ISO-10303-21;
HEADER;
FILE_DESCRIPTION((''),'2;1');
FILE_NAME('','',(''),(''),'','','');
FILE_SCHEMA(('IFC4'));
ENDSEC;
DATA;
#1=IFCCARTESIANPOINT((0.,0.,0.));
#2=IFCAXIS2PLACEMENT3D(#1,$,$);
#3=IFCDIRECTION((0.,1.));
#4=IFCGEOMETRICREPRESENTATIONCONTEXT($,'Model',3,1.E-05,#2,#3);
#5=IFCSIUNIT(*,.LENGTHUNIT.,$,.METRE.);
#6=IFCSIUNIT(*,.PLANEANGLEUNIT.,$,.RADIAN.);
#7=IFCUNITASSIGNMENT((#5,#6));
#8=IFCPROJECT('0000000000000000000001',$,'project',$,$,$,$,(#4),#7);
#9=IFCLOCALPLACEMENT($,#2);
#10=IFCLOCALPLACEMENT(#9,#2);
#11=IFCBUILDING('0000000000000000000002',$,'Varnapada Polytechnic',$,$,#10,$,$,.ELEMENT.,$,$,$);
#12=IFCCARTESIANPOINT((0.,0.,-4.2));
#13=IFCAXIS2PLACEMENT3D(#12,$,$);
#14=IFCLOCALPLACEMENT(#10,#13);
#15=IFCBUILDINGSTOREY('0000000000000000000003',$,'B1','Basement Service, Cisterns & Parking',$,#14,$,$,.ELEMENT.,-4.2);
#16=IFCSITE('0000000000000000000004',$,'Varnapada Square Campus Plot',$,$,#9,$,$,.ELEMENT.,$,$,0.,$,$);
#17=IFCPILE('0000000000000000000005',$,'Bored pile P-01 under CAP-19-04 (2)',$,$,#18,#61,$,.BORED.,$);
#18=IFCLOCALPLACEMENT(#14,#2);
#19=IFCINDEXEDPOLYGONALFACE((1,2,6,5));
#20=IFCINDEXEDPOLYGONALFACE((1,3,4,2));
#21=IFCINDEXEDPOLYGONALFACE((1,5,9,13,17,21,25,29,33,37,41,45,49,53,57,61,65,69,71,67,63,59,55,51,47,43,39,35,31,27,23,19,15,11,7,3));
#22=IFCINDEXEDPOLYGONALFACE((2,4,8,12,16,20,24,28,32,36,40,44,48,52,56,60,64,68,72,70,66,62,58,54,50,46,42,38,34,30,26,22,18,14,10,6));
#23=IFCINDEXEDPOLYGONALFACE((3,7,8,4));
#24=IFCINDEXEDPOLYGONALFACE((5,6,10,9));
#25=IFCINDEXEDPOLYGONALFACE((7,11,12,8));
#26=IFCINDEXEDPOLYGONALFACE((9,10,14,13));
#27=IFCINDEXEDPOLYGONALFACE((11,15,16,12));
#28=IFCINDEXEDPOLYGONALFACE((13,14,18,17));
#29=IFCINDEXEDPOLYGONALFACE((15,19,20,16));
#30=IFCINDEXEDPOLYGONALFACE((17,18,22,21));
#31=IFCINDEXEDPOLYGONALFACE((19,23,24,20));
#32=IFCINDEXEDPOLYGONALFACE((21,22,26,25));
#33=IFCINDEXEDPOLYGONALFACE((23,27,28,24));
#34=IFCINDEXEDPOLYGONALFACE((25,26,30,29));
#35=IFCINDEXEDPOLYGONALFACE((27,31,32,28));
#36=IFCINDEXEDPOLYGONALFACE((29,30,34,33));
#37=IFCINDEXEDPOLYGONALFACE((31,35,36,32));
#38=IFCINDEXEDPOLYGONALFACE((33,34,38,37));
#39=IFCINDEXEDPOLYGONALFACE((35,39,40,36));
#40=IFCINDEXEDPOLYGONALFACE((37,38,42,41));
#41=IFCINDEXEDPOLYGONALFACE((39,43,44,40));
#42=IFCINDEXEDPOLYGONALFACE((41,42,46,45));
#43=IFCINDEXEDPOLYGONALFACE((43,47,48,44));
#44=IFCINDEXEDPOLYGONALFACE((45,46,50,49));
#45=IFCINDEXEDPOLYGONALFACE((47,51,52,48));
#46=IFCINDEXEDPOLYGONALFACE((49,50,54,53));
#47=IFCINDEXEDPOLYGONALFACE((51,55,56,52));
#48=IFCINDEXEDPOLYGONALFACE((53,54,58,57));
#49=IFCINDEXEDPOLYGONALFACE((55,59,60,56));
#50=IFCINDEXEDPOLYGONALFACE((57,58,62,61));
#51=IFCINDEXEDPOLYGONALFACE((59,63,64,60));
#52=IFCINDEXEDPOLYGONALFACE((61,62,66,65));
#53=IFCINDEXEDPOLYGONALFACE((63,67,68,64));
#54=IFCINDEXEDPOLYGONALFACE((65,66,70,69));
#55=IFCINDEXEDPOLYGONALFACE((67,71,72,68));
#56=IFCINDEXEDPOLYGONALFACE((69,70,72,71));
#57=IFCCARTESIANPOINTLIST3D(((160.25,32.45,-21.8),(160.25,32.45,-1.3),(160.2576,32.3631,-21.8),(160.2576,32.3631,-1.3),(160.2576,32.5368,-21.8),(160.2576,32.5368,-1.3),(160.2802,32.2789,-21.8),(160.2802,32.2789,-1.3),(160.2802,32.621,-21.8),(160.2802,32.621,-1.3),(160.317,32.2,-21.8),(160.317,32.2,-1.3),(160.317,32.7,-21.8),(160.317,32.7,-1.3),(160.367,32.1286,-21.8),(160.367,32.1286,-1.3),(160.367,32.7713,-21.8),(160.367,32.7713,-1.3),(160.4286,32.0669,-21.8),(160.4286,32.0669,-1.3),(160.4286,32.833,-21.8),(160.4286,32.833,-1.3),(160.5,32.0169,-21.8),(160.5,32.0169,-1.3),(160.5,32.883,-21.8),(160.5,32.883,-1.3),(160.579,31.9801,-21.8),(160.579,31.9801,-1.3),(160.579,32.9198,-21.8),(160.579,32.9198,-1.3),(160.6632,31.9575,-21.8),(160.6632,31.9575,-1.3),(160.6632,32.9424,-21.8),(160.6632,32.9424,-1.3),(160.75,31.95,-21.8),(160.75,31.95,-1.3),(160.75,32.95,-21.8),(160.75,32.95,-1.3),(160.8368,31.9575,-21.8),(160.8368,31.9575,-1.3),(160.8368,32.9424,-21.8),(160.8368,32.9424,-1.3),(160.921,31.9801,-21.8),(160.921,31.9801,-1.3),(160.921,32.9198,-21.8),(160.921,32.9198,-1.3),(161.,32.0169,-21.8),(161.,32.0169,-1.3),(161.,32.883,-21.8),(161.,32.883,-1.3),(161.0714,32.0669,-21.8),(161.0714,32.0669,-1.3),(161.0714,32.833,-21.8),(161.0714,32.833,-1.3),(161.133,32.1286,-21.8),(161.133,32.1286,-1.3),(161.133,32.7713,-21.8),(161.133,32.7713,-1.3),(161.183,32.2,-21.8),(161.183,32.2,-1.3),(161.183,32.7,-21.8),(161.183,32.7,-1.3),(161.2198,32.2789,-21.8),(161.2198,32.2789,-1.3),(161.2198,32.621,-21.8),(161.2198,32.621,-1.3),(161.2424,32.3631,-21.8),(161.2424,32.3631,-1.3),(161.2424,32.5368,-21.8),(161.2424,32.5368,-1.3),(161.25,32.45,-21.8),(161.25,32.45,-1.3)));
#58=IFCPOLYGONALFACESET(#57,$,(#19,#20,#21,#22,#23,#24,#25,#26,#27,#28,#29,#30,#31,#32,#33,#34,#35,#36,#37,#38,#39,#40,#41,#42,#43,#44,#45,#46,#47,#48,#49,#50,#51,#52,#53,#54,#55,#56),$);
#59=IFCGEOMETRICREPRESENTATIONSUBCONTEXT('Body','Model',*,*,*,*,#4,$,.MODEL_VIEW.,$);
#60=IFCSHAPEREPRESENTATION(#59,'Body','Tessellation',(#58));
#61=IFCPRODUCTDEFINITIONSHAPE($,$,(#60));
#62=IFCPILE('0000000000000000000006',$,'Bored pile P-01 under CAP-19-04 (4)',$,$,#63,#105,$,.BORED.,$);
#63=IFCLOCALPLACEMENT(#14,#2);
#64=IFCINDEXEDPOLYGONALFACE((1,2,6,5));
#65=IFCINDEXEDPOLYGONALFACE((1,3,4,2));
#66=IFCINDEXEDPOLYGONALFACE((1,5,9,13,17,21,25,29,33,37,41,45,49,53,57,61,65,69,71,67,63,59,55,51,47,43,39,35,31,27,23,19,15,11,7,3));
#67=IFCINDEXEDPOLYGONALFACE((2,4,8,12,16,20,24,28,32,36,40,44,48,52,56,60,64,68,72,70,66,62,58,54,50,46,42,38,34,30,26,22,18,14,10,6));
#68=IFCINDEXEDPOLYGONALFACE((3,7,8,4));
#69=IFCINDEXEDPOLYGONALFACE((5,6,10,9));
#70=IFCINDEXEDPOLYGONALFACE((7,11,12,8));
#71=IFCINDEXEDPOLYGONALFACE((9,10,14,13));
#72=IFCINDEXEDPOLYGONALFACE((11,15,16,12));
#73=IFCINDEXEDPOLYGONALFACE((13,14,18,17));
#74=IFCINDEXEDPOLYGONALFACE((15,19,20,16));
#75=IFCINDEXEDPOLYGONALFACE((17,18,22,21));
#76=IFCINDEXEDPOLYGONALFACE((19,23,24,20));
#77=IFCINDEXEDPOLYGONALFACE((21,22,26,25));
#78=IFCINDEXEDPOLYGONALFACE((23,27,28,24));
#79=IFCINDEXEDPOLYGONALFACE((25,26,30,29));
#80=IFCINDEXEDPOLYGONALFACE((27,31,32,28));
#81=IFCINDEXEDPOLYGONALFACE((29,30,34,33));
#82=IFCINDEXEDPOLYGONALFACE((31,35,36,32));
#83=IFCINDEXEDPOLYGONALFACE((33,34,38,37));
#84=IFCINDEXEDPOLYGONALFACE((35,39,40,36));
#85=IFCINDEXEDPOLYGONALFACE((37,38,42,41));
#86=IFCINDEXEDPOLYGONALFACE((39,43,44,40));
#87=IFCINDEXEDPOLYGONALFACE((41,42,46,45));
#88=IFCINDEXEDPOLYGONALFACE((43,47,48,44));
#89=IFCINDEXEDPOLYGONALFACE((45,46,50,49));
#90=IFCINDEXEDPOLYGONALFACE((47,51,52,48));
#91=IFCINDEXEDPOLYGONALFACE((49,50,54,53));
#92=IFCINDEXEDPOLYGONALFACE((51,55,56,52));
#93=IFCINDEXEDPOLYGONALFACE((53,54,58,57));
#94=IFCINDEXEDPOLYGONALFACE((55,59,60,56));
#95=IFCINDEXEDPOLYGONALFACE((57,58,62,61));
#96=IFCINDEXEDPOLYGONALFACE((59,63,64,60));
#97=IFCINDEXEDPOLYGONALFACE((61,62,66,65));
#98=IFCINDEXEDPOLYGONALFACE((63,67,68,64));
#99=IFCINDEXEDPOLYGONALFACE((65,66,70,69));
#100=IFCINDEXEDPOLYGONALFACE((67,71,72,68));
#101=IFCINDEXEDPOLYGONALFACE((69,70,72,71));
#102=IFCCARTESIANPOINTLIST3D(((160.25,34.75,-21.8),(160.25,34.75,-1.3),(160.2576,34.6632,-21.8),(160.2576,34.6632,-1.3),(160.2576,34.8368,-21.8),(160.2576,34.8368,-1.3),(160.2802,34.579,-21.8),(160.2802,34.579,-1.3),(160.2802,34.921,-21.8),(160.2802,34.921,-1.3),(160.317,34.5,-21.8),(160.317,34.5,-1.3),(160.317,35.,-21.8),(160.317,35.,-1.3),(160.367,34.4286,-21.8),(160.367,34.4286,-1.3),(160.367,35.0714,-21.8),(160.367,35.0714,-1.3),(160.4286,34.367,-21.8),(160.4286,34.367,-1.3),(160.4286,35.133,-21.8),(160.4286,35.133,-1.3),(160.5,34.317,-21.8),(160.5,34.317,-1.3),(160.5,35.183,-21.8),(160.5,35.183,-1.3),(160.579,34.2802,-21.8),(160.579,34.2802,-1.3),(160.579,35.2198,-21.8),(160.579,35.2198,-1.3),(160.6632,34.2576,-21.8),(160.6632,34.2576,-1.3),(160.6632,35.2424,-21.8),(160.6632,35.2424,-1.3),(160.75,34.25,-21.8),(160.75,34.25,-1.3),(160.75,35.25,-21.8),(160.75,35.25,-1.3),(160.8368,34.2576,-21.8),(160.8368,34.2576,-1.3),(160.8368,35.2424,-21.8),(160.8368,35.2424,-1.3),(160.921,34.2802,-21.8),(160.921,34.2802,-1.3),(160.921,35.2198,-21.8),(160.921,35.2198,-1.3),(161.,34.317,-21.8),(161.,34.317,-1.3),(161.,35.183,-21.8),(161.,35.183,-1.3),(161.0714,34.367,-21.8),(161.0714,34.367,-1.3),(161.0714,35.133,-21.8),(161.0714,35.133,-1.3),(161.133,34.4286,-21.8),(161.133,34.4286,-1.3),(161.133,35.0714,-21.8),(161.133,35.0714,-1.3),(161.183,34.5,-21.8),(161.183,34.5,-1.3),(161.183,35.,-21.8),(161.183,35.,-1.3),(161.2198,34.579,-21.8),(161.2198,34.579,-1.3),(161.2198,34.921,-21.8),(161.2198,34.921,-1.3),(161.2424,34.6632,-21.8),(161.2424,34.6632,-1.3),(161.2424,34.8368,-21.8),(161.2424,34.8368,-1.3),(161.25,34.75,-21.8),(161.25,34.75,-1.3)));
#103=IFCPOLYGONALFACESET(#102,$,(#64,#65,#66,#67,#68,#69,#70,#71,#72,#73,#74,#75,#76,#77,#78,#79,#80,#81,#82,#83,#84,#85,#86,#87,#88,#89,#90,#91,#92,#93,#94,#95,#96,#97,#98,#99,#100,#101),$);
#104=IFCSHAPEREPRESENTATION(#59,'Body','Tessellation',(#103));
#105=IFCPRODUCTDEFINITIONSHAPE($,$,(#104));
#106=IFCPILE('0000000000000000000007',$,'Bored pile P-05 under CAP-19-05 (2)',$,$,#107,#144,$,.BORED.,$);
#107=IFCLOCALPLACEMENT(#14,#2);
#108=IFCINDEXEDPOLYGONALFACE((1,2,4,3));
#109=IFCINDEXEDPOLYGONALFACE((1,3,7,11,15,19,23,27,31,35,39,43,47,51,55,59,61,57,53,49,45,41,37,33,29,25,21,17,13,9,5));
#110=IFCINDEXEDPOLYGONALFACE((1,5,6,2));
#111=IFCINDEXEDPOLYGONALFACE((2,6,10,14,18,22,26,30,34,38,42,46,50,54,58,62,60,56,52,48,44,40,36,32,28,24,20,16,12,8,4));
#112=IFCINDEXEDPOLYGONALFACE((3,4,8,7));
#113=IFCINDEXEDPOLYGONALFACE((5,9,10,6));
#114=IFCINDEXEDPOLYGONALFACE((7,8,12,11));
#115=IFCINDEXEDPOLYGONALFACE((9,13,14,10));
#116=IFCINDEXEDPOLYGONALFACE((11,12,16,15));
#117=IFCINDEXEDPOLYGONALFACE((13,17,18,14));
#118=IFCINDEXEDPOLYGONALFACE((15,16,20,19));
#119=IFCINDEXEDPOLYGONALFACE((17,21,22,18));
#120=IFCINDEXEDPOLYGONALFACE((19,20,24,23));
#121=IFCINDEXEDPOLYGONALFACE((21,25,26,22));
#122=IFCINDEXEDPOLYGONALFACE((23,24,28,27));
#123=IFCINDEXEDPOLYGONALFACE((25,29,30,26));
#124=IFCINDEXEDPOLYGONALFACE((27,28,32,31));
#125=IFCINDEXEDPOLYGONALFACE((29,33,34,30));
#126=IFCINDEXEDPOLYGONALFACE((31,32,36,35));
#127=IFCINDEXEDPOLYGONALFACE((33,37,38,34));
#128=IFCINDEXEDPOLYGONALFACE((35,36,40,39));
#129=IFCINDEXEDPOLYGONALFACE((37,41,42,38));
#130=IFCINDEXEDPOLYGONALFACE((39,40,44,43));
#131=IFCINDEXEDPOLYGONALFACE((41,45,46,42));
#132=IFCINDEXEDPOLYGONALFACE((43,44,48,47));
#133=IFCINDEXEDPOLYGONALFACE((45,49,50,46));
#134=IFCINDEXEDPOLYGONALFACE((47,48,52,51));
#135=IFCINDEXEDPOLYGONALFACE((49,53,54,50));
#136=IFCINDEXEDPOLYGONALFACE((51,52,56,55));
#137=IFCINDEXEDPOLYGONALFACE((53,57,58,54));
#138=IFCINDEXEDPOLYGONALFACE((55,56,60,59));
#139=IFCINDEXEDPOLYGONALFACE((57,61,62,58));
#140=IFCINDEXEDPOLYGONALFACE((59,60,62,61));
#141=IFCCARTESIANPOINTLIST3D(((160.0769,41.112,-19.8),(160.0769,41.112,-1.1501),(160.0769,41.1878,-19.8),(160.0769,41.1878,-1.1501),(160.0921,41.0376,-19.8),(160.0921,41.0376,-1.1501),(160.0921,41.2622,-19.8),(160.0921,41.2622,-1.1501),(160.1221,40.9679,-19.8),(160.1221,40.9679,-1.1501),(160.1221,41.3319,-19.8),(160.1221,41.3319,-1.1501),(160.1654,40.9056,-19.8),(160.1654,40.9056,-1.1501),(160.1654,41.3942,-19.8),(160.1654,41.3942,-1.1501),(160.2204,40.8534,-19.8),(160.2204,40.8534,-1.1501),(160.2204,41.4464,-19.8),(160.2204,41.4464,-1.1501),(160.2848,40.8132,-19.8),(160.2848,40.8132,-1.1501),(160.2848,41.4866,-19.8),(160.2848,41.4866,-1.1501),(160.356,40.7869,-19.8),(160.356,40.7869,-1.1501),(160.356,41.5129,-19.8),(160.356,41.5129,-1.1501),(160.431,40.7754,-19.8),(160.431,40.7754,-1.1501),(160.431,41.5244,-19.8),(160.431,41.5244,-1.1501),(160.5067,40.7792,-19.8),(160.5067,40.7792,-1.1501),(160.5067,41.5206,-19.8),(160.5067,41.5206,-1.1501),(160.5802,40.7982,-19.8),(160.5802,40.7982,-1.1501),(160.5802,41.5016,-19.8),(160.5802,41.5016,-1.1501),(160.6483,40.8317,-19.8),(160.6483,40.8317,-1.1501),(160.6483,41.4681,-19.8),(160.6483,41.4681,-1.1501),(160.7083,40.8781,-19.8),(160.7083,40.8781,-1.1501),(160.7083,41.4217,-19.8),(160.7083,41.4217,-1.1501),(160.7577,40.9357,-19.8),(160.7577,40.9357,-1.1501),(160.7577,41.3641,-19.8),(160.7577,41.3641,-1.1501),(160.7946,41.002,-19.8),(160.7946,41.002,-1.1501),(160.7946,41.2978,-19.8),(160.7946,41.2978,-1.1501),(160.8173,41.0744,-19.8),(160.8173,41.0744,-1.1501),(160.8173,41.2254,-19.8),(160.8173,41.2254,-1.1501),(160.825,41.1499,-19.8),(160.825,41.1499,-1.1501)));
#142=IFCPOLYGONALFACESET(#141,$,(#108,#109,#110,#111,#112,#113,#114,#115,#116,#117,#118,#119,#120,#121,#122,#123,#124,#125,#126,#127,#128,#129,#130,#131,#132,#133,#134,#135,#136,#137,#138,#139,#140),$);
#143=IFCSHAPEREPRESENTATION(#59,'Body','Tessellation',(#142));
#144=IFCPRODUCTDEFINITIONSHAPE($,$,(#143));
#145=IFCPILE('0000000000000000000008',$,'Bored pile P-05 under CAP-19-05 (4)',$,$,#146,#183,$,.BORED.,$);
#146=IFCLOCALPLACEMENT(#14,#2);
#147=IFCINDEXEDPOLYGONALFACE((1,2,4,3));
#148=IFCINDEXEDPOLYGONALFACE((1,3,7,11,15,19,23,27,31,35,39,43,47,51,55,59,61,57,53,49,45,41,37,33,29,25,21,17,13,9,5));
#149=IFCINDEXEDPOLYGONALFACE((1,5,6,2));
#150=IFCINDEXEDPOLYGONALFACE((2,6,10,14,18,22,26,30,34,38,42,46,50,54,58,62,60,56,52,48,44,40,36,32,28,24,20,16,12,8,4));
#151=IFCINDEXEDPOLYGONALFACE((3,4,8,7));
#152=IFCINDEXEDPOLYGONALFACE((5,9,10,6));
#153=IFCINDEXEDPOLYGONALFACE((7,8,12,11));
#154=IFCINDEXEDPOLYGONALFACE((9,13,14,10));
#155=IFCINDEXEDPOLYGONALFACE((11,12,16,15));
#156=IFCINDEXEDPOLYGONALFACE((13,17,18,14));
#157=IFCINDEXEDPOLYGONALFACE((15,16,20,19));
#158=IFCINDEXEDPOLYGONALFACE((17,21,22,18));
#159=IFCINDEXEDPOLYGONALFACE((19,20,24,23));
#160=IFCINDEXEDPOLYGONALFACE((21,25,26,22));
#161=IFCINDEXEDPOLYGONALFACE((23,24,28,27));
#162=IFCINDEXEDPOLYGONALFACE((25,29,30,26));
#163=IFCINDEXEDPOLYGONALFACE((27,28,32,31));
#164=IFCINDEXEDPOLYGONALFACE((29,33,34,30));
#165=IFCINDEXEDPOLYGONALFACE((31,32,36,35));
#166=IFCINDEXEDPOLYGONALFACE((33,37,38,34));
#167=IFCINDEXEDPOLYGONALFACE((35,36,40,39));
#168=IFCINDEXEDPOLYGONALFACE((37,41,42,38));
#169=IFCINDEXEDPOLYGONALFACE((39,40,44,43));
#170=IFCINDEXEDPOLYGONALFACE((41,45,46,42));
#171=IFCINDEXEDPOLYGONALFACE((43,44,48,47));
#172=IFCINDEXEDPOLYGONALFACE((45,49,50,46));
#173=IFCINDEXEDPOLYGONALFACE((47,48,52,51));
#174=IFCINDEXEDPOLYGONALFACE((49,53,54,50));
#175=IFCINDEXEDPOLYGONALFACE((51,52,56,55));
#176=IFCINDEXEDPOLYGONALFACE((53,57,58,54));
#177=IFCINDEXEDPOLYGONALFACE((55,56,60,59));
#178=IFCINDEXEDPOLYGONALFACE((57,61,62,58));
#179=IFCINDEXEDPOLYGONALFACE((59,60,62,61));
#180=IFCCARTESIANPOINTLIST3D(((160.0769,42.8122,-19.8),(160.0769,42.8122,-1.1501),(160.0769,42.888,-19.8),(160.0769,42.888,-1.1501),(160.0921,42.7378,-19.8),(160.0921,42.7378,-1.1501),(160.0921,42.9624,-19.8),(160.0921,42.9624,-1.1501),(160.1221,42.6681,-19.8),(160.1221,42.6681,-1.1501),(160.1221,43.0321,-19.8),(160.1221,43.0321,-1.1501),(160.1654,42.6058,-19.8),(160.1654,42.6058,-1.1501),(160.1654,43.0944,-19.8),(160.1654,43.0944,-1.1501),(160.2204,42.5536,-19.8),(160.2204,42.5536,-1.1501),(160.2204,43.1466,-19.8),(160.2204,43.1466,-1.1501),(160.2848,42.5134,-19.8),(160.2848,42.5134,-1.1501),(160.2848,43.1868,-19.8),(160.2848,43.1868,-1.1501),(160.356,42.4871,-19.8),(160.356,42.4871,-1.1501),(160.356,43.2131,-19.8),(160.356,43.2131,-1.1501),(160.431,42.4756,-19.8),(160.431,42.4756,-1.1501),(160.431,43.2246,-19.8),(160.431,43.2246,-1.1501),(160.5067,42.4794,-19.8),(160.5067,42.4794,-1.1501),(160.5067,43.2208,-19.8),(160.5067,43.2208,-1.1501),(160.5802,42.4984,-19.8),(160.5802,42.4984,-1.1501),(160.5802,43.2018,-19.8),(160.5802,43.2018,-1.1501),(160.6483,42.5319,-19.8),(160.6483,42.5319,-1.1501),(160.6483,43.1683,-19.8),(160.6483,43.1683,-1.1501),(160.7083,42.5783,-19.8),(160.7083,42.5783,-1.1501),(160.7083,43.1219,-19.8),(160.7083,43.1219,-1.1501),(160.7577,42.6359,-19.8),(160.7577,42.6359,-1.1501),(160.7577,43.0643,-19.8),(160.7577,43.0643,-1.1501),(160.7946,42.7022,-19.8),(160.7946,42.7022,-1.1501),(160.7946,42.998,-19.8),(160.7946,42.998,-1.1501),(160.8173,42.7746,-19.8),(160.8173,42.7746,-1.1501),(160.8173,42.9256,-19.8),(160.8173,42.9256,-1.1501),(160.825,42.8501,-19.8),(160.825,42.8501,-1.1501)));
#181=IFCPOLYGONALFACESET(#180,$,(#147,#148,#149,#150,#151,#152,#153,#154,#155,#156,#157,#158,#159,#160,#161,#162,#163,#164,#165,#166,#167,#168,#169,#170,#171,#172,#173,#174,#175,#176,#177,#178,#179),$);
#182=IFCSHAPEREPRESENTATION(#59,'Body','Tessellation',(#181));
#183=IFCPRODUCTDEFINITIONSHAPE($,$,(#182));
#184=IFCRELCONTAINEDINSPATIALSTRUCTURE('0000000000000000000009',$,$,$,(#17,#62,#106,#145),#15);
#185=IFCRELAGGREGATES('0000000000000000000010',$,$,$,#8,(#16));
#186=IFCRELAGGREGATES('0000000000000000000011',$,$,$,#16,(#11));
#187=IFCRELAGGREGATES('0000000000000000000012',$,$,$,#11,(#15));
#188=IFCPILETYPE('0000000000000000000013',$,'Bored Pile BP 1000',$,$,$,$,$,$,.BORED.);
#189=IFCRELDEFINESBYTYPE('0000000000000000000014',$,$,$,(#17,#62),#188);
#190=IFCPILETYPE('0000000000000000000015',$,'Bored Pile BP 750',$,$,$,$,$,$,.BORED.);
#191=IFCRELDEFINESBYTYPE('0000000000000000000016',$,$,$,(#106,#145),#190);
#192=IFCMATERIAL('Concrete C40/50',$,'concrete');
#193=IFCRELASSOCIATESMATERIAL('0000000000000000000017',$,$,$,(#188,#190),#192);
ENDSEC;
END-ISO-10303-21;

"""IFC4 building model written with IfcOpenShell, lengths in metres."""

from ifc_helpers import new_model, si_unit, direction, frame, origin, origin_2d, place, context, subcontext, project, spatial, circle, extrude, material, material_profile, profile_set, type_object, element, save


model = new_model("IFC4")

# Units and contexts
model_context = context("Model", 3, precision=1e-05, world=origin(), true_north=direction((0.0, 1.0)))
body_context = subcontext(model_context, "Body", "Model", "MODEL_VIEW")
ifc_project = project(units=[si_unit("LENGTHUNIT", "METRE"), si_unit("PLANEANGLEUNIT", "RADIAN")], contexts=[model_context])

# Site, building, storey
site_placement = place(None, origin())
site = spatial("IfcSite", under=ifc_project, at=site_placement, Name="Varnapada Square Campus Plot", CompositionType="ELEMENT", RefElevation=0.0)
building_placement = place(site_placement, origin())
building = spatial("IfcBuilding", under=site, at=building_placement, Name="Varnapada Polytechnic", CompositionType="ELEMENT")
storey_placement = place(building_placement, frame((0.0, 0.0, -4.2)))
storey = spatial("IfcBuildingStorey", under=building, at=storey_placement, Name="B1", Description="Basement Service, Cisterns & Parking", CompositionType="ELEMENT", Elevation=-4.2)

# Piles
ifc_material_1 = material(Name="Concrete C40/50", Category="concrete")
ifc_material_profile_1 = material_profile(ifc_material_1, circle(Radius=0.5, at=origin_2d()), Name="BP 1000")
ifc_profile_set_1 = profile_set([ifc_material_profile_1], Name="Concrete C40/50")
pile_type_1 = type_object("IfcPileType", Name="Bored Pile BP 1000", PredefinedType="BORED", material=ifc_profile_set_1)
for number, where, z_axis, x_axis, name in (
    (1, (160.75, 32.45, -1.3), (0.0, 0.0, -1.0), (1.0, 0.0, 0.0), "Bored pile P-01 under CAP-19-04 (2)"),
    (2, (160.75, 34.75, -1.3), (0.0, 0.0, -1.0), (1.0, 0.0, 0.0), "Bored pile P-01 under CAP-19-04 (4)"),
):
    element("IfcPile", number, at=place(storey_placement, frame(where, z_axis=z_axis, x_axis=x_axis)), inside=storey, type_object=pile_type_1, Name=name, PredefinedType="BORED", context=body_context, shape_type="SweptSolid", body=[
        extrude(circle(Radius=0.5, at=origin_2d()), origin(), (0.0, 0.0, 1.0), 20.5),
    ])
ifc_material_profile_2 = material_profile(ifc_material_1, circle(Radius=0.375, at=origin_2d()), Name="BP 750")
ifc_profile_set_2 = profile_set([ifc_material_profile_2], Name="Concrete C40/50")
pile_type_2 = type_object("IfcPileType", Name="Bored Pile BP 750", PredefinedType="BORED", material=ifc_profile_set_2)
for number, where, z_axis, x_axis, name in (
    (3, (160.45, 41.1499, -1.1501), (0.0, 0.0, -1.0), (1.0, 0.0, 0.0), "Bored pile P-05 under CAP-19-05 (2)"),
    (4, (160.45, 42.8501, -1.1501), (0.0, 0.0, -1.0), (1.0, 0.0, 0.0), "Bored pile P-05 under CAP-19-05 (4)"),
):
    element("IfcPile", number, at=place(storey_placement, frame(where, z_axis=z_axis, x_axis=x_axis)), inside=storey, type_object=pile_type_2, Name=name, PredefinedType="BORED", context=body_context, shape_type="SweptSolid", body=[
        extrude(circle(Radius=0.375, at=origin_2d()), origin(), (0.0, 0.0, 1.0), 18.6499),
    ])

save(model, "model.ifc")
